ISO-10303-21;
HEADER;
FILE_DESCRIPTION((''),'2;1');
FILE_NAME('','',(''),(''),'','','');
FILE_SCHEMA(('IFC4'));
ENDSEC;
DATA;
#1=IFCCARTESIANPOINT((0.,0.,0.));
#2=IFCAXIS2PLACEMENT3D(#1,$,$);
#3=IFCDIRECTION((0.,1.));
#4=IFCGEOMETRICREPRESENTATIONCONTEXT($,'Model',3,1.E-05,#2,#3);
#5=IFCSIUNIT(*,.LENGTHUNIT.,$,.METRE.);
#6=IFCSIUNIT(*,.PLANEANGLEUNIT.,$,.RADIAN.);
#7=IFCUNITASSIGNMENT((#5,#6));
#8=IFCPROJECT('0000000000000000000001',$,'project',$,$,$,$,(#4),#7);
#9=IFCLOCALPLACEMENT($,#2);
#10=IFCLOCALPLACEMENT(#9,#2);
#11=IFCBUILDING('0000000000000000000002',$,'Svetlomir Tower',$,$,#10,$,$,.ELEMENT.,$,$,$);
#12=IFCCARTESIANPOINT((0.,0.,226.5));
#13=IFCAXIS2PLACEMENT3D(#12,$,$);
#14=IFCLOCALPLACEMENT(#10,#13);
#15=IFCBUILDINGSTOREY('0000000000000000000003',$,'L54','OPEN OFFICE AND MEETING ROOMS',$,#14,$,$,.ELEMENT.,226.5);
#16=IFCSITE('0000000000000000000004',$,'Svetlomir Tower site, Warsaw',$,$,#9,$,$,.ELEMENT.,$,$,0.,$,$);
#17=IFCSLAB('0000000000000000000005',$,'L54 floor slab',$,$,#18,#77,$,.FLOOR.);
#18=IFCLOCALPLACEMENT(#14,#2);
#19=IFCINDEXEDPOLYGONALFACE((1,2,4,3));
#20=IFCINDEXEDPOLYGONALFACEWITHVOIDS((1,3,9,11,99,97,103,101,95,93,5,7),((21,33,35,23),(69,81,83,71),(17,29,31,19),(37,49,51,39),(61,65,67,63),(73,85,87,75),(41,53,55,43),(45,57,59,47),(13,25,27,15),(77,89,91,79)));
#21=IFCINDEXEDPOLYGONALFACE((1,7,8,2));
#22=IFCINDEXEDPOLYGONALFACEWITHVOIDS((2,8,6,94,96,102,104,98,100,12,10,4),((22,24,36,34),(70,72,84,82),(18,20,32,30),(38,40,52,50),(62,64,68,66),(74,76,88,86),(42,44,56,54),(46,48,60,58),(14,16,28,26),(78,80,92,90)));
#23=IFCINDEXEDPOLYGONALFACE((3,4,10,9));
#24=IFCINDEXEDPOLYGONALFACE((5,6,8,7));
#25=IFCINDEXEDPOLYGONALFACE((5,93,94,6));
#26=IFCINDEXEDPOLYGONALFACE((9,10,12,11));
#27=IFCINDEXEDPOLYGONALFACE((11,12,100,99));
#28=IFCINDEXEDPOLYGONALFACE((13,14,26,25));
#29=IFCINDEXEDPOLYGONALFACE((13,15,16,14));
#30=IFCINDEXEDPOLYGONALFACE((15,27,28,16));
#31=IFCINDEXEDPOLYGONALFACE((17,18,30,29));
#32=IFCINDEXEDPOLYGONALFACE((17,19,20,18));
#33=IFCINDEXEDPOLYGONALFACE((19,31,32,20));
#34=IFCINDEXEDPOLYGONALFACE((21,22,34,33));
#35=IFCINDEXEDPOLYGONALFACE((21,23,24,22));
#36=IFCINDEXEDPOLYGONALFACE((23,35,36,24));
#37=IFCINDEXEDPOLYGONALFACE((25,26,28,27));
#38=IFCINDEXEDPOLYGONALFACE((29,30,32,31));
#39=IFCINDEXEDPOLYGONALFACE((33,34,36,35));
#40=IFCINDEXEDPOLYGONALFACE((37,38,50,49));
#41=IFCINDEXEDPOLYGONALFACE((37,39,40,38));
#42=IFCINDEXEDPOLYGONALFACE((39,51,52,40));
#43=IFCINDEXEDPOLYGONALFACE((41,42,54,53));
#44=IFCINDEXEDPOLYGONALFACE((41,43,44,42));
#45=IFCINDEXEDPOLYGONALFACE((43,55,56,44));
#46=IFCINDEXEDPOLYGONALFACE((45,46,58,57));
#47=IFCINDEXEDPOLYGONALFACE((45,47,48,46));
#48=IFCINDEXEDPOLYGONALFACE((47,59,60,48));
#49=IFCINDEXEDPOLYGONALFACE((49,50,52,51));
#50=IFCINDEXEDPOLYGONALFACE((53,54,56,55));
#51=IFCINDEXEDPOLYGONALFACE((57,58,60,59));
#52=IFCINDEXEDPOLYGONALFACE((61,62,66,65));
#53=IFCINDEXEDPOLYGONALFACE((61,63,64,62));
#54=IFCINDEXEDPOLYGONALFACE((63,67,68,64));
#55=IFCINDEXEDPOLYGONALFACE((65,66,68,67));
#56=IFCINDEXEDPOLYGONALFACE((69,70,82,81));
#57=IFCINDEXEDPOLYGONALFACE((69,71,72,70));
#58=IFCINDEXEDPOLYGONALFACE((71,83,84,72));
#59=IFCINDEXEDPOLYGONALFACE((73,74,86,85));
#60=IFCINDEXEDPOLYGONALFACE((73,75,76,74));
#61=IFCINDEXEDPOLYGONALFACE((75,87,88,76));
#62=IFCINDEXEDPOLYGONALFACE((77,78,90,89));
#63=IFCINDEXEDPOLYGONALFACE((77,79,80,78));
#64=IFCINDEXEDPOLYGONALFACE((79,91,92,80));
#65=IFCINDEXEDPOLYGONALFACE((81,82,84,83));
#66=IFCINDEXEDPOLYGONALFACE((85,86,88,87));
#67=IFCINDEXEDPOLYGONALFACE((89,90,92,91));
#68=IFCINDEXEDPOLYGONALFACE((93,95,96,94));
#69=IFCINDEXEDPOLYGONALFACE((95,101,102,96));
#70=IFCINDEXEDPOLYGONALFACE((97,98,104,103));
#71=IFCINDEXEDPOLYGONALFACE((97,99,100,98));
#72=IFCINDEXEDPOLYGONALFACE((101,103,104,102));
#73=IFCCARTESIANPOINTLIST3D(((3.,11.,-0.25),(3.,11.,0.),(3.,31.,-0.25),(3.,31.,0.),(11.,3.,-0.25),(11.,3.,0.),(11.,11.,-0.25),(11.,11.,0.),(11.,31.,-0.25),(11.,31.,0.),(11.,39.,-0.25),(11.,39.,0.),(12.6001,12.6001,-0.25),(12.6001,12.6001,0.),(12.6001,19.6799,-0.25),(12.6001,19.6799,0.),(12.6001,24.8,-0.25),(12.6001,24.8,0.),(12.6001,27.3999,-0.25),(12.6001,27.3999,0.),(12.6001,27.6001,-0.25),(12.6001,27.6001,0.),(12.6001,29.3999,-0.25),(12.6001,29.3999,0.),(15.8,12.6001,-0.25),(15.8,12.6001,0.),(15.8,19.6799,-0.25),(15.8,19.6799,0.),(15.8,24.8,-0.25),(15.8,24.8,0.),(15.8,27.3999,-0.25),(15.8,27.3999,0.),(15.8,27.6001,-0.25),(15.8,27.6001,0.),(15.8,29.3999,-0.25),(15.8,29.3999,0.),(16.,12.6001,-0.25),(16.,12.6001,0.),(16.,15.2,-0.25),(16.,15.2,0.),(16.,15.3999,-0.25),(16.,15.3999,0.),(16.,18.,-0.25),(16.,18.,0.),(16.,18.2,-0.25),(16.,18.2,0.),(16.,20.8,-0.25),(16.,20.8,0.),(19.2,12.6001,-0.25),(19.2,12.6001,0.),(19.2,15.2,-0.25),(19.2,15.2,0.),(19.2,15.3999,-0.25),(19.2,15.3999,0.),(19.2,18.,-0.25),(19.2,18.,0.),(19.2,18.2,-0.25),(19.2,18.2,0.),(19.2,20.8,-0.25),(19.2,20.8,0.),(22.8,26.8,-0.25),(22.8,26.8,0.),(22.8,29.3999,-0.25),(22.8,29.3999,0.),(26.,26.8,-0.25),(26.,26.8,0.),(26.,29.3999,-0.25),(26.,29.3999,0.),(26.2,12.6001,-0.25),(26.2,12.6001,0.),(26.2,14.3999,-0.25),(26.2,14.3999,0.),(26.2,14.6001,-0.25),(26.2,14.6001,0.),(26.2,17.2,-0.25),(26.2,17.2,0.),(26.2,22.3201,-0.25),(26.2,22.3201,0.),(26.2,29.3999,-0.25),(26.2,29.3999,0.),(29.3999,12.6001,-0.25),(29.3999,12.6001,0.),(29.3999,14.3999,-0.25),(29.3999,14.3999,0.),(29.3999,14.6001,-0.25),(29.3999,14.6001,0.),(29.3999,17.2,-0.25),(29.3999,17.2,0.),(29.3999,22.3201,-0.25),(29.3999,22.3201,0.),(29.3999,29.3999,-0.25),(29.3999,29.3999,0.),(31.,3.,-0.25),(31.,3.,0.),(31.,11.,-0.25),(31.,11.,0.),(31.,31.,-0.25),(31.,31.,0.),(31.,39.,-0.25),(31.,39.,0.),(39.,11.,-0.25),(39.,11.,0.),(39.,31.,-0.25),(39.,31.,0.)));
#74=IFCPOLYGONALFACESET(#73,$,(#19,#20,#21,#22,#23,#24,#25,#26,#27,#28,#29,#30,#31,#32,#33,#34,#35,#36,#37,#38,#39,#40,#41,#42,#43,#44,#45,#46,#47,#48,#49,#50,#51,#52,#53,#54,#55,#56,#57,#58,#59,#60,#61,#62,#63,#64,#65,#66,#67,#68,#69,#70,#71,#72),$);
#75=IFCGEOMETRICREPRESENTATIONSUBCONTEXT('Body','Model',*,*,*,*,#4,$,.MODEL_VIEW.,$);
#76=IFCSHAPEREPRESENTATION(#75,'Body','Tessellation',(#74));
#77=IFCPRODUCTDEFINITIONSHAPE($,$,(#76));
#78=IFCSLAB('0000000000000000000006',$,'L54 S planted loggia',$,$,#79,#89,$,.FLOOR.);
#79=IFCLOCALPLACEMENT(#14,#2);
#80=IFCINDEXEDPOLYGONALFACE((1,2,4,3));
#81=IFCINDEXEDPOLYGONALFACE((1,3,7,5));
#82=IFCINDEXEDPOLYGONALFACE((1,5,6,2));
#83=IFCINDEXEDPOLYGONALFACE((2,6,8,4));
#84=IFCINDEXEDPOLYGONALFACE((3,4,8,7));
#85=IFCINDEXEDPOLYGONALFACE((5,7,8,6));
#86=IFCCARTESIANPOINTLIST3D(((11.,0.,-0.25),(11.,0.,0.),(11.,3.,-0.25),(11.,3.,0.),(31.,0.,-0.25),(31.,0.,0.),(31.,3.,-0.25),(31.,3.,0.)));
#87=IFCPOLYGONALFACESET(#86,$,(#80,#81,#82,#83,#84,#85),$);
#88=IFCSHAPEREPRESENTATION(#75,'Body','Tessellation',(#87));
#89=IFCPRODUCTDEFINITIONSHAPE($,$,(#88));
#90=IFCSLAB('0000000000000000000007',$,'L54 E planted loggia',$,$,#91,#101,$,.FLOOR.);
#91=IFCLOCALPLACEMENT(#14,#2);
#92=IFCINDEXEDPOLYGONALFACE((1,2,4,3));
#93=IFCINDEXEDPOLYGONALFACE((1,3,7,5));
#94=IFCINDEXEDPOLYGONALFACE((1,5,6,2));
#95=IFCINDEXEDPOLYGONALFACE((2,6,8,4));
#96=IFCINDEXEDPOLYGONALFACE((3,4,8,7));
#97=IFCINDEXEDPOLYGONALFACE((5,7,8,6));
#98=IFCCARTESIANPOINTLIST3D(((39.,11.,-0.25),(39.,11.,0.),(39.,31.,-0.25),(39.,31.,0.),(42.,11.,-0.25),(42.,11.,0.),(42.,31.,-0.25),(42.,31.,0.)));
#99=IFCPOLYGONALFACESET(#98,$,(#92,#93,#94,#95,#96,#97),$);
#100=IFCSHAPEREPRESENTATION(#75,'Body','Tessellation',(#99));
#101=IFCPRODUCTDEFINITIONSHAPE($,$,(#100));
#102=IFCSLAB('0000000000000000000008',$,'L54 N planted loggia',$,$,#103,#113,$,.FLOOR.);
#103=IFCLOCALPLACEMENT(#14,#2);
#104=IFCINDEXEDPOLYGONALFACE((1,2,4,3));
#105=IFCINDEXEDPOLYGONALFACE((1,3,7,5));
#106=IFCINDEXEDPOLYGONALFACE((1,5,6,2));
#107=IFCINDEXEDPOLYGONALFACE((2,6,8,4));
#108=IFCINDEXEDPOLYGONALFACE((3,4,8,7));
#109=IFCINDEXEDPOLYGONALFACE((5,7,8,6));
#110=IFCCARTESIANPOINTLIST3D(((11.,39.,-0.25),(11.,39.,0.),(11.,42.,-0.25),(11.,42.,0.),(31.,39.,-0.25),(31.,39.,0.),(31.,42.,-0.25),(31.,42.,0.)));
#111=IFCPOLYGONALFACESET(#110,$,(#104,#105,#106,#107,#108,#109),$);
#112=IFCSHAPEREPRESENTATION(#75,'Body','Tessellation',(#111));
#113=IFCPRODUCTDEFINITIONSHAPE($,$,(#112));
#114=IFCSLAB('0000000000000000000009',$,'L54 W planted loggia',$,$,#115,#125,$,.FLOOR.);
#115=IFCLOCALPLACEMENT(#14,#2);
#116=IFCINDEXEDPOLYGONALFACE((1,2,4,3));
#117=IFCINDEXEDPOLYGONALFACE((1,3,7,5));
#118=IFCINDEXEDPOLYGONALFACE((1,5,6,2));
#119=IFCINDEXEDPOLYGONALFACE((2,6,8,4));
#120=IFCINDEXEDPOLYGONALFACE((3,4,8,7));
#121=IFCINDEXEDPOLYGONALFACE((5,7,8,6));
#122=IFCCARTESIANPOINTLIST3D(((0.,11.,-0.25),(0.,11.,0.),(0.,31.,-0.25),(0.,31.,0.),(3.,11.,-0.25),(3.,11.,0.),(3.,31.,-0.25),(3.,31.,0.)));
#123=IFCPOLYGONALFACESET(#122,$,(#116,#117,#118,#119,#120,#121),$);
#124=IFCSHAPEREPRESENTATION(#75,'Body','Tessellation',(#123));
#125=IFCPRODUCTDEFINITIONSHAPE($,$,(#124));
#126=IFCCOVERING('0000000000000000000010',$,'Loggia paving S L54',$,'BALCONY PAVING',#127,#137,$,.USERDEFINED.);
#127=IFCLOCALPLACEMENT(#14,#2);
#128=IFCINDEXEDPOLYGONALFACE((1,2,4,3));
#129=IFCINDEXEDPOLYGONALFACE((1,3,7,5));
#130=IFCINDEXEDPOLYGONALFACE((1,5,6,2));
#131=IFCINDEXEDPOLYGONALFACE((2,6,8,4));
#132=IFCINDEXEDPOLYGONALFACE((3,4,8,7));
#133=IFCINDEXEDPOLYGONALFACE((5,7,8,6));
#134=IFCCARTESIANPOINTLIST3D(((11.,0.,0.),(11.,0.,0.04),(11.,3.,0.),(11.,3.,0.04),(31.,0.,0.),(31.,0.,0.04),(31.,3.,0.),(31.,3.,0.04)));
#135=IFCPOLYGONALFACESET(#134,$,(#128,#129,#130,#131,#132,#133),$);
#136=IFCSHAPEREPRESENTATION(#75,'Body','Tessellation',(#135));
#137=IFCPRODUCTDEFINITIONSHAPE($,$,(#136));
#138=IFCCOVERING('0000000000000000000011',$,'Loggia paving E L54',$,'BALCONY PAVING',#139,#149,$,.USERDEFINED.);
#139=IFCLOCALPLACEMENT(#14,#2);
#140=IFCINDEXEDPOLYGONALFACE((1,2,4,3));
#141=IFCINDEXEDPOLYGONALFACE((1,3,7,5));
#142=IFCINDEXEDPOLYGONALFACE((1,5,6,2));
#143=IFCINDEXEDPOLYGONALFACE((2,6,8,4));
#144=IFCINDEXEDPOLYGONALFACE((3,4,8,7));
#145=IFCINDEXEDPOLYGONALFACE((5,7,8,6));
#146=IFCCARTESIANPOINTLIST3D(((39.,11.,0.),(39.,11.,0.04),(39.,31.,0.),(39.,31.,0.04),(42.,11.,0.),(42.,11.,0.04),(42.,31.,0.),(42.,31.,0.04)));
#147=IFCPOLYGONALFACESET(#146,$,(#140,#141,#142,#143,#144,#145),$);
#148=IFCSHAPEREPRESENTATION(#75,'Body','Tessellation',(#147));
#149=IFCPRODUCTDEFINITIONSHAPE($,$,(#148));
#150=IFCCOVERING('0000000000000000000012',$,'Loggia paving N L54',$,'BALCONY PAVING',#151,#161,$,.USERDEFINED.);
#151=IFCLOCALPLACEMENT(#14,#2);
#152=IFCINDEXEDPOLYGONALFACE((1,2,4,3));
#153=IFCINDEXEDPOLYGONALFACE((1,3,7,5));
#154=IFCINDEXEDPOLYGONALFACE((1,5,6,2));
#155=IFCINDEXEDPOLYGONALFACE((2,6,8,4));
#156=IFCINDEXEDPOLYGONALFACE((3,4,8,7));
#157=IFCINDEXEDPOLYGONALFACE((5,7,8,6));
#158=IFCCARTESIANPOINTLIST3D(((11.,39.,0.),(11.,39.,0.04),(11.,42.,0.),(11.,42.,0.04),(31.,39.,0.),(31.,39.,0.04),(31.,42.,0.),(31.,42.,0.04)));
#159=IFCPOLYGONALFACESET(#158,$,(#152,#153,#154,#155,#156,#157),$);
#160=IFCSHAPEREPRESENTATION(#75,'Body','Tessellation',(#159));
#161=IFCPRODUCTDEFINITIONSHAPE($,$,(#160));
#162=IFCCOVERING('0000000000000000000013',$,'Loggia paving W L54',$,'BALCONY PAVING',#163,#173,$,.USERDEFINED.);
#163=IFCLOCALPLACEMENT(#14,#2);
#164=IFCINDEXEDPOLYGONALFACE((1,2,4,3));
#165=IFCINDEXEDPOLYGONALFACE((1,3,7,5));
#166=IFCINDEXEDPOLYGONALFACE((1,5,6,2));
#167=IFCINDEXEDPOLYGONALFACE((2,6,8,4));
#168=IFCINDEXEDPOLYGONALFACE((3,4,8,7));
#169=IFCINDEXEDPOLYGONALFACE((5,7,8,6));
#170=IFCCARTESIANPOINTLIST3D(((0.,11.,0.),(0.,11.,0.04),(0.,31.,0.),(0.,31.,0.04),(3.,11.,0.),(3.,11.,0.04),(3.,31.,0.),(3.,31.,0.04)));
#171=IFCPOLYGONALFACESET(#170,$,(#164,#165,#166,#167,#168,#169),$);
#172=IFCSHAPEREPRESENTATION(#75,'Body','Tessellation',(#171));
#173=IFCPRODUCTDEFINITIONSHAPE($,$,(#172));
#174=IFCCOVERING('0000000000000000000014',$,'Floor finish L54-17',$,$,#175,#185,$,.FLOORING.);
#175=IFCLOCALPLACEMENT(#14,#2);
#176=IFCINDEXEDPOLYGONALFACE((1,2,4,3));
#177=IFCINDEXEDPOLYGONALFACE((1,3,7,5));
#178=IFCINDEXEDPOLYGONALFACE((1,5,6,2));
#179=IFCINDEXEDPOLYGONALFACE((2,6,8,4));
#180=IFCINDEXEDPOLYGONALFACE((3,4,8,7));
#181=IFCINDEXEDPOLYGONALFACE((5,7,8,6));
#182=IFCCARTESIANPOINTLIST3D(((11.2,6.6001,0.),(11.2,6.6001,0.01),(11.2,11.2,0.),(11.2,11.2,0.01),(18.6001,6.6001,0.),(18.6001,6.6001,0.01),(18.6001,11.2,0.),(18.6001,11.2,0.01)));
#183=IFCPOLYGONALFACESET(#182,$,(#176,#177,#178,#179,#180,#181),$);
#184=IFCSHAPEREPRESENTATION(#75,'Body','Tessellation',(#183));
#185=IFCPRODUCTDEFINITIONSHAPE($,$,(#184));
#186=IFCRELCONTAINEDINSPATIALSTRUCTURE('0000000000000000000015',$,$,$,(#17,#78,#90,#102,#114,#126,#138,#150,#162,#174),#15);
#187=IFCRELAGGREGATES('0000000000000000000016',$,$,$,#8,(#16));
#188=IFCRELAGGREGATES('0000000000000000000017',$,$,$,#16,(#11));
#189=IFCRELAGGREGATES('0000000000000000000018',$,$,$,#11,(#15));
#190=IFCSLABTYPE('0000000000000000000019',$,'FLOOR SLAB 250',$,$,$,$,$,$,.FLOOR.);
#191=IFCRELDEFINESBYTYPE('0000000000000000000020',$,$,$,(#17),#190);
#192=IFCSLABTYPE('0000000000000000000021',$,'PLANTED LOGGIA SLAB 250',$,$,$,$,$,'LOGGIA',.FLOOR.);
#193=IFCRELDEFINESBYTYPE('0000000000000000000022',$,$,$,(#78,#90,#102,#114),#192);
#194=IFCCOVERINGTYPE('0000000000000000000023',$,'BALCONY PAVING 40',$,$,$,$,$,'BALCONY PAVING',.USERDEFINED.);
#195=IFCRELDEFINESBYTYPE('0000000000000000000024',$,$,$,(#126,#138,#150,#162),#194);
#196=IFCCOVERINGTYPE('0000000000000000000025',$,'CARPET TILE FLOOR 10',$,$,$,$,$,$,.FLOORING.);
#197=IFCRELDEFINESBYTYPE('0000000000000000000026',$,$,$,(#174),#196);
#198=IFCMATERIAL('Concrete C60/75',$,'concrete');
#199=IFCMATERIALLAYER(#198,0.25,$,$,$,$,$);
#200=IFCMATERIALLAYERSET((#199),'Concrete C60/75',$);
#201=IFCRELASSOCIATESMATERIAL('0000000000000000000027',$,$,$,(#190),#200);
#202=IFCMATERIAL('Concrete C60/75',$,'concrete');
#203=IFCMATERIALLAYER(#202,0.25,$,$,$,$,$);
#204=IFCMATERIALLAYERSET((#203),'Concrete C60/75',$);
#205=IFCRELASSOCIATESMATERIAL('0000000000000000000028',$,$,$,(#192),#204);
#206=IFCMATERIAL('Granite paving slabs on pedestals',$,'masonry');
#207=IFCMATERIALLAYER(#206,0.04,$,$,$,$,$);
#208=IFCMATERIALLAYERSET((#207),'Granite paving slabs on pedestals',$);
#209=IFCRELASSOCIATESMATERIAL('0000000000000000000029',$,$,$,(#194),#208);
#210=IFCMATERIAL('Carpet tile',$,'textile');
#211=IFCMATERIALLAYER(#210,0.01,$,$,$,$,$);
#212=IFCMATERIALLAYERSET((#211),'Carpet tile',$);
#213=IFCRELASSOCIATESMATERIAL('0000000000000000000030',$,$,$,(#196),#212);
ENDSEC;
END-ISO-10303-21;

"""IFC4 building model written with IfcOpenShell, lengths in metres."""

from ifc_helpers import new_model, si_unit, direction, frame, origin, place, context, subcontext, project, spatial, polyline, outline, extrude, material, layer, layer_set, type_object, element, save


model = new_model("IFC4")

# Units and contexts
model_context = context("Model", 3, precision=1e-05, world=origin(), true_north=direction((0.0, 1.0)))
body_context = subcontext(model_context, "Body", "Model", "MODEL_VIEW")
ifc_project = project(units=[si_unit("LENGTHUNIT", "METRE"), si_unit("PLANEANGLEUNIT", "RADIAN")], contexts=[model_context])

# Site, building, storey
site_placement = place(None, origin())
site = spatial("IfcSite", under=ifc_project, at=site_placement, Name="Svetlomir Tower site, Warsaw", CompositionType="ELEMENT", RefElevation=0.0)
building_placement = place(site_placement, origin())
building = spatial("IfcBuilding", under=site, at=building_placement, Name="Svetlomir Tower", CompositionType="ELEMENT")
storey_placement = place(building_placement, frame((0.0, 0.0, 226.5)))
storey = spatial("IfcBuildingStorey", under=building, at=storey_placement, Name="L54", Description="OPEN OFFICE AND MEETING ROOMS", CompositionType="ELEMENT", Elevation=226.5)

# Slabs
ifc_material_1 = material(Name="Concrete C60/75", Category="concrete")
ifc_layer_1 = layer(ifc_material_1, 0.25)
ifc_layer_set_1 = layer_set([ifc_layer_1], Name="Concrete C60/75")
slab_type_1 = type_object("IfcSlabType", Name="FLOOR SLAB 250", PredefinedType="FLOOR", material=ifc_layer_set_1)
slab_1_placement = place(storey_placement, frame((0.0, 0.0, -0.25)))
element("IfcSlab", 1, at=slab_1_placement, inside=storey, type_object=slab_type_1, Name="L54 floor slab", PredefinedType="FLOOR", context=body_context, shape_type="SweptSolid", body=[
    extrude(outline(polyline([(11.0, 3.0), (31.0, 3.0), (31.0, 11.0), (39.0, 11.0), (39.0, 31.0), (31.0, 31.0), (31.0, 39.0), (11.0, 39.0), (11.0, 31.0), (3.0, 31.0), (3.0, 11.0), (11.0, 11.0), (11.0, 3.0)]), holes=[polyline([(12.6001, 24.8), (15.8, 24.8), (15.8, 27.3999), (12.6001, 27.3999), (12.6001, 24.8)]), polyline([(26.2, 14.6001), (29.3999, 14.6001), (29.3999, 17.2), (26.2, 17.2), (26.2, 14.6001)]), polyline([(16.0, 12.6001), (19.2, 12.6001), (19.2, 15.2), (16.0, 15.2), (16.0, 12.6001)]), polyline([(16.0, 15.3999), (19.2, 15.3999), (19.2, 18.0), (16.0, 18.0), (16.0, 15.3999)]), polyline([(16.0, 18.2), (19.2, 18.2), (19.2, 20.8), (16.0, 20.8), (16.0, 18.2)]), polyline([(22.8, 26.8), (26.0, 26.8), (26.0, 29.3999), (22.8, 29.3999), (22.8, 26.8)]), polyline([(12.6001, 27.6001), (15.8, 27.6001), (15.8, 29.3999), (12.6001, 29.3999), (12.6001, 27.6001)]), polyline([(26.2, 12.6001), (29.3999, 12.6001), (29.3999, 14.3999), (26.2, 14.3999), (26.2, 12.6001)]), polyline([(12.6001, 12.6001), (15.8, 12.6001), (15.8, 19.6799), (12.6001, 19.6799), (12.6001, 12.6001)]), polyline([(26.2, 22.3201), (29.3999, 22.3201), (29.3999, 29.3999), (26.2, 29.3999), (26.2, 22.3201)])]), origin(), (0.0, 0.0, 1.0), 0.25),
])
ifc_material_2 = material(Name="Concrete C60/75", Category="concrete")
ifc_layer_2 = layer(ifc_material_2, 0.25)
ifc_layer_set_2 = layer_set([ifc_layer_2], Name="Concrete C60/75")
slab_type_2 = type_object("IfcSlabType", Name="PLANTED LOGGIA SLAB 250", ElementType="LOGGIA", PredefinedType="FLOOR", material=ifc_layer_set_2)
slab_2_placement = place(storey_placement, frame((0.0, 0.0, -0.25)))
element("IfcSlab", 2, at=slab_2_placement, inside=storey, type_object=slab_type_2, Name="L54 S planted loggia", PredefinedType="FLOOR", context=body_context, shape_type="SweptSolid", body=[
    extrude(outline(polyline([(11.0, 0.0), (31.0, 0.0), (31.0, 3.0), (11.0, 3.0), (11.0, 0.0)])), origin(), (0.0, 0.0, 1.0), 0.25),
])
slab_3_placement = place(storey_placement, frame((0.0, 0.0, -0.25)))
element("IfcSlab", 3, at=slab_3_placement, inside=storey, type_object=slab_type_2, Name="L54 E planted loggia", PredefinedType="FLOOR", context=body_context, shape_type="SweptSolid", body=[
    extrude(outline(polyline([(39.0, 11.0), (42.0, 11.0), (42.0, 31.0), (39.0, 31.0), (39.0, 11.0)])), origin(), (0.0, 0.0, 1.0), 0.25),
])
slab_4_placement = place(storey_placement, frame((0.0, 0.0, -0.25)))
element("IfcSlab", 4, at=slab_4_placement, inside=storey, type_object=slab_type_2, Name="L54 N planted loggia", PredefinedType="FLOOR", context=body_context, shape_type="SweptSolid", body=[
    extrude(outline(polyline([(11.0, 39.0), (31.0, 39.0), (31.0, 42.0), (11.0, 42.0), (11.0, 39.0)])), origin(), (0.0, 0.0, 1.0), 0.25),
])
slab_5_placement = place(storey_placement, frame((0.0, 0.0, -0.25)))
element("IfcSlab", 5, at=slab_5_placement, inside=storey, type_object=slab_type_2, Name="L54 W planted loggia", PredefinedType="FLOOR", context=body_context, shape_type="SweptSolid", body=[
    extrude(outline(polyline([(0.0, 11.0), (3.0, 11.0), (3.0, 31.0), (0.0, 31.0), (0.0, 11.0)])), origin(), (0.0, 0.0, 1.0), 0.25),
])

# Coverings
ifc_material_3 = material(Name="Granite paving slabs on pedestals", Category="masonry")
ifc_layer_3 = layer(ifc_material_3, 0.04)
ifc_layer_set_3 = layer_set([ifc_layer_3], Name="Granite paving slabs on pedestals")
covering_type_1 = type_object("IfcCoveringType", Name="BALCONY PAVING 40", ElementType="BALCONY PAVING", PredefinedType="USERDEFINED", material=ifc_layer_set_3)
covering_1_placement = place(storey_placement, origin())
element("IfcCovering", 6, at=covering_1_placement, inside=storey, type_object=covering_type_1, Name="Loggia paving S L54", ObjectType="BALCONY PAVING", PredefinedType="USERDEFINED", context=body_context, shape_type="SweptSolid", body=[
    extrude(outline(polyline([(11.0, 0.0), (31.0, 0.0), (31.0, 3.0), (11.0, 3.0), (11.0, 0.0)])), origin(), (0.0, 0.0, 1.0), 0.04),
])
covering_2_placement = place(storey_placement, origin())
element("IfcCovering", 7, at=covering_2_placement, inside=storey, type_object=covering_type_1, Name="Loggia paving E L54", ObjectType="BALCONY PAVING", PredefinedType="USERDEFINED", context=body_context, shape_type="SweptSolid", body=[
    extrude(outline(polyline([(39.0, 11.0), (42.0, 11.0), (42.0, 31.0), (39.0, 31.0), (39.0, 11.0)])), origin(), (0.0, 0.0, 1.0), 0.04),
])
covering_3_placement = place(storey_placement, origin())
element("IfcCovering", 8, at=covering_3_placement, inside=storey, type_object=covering_type_1, Name="Loggia paving N L54", ObjectType="BALCONY PAVING", PredefinedType="USERDEFINED", context=body_context, shape_type="SweptSolid", body=[
    extrude(outline(polyline([(11.0, 39.0), (31.0, 39.0), (31.0, 42.0), (11.0, 42.0), (11.0, 39.0)])), origin(), (0.0, 0.0, 1.0), 0.04),
])
covering_4_placement = place(storey_placement, origin())
element("IfcCovering", 9, at=covering_4_placement, inside=storey, type_object=covering_type_1, Name="Loggia paving W L54", ObjectType="BALCONY PAVING", PredefinedType="USERDEFINED", context=body_context, shape_type="SweptSolid", body=[
    extrude(outline(polyline([(0.0, 11.0), (3.0, 11.0), (3.0, 31.0), (0.0, 31.0), (0.0, 11.0)])), origin(), (0.0, 0.0, 1.0), 0.04),
])
ifc_material_4 = material(Name="Carpet tile", Category="textile")
ifc_layer_4 = layer(ifc_material_4, 0.01)
ifc_layer_set_4 = layer_set([ifc_layer_4], Name="Carpet tile")
covering_type_2 = type_object("IfcCoveringType", Name="CARPET TILE FLOOR 10", PredefinedType="FLOORING", material=ifc_layer_set_4)
covering_5_placement = place(storey_placement, origin())
element("IfcCovering", 10, at=covering_5_placement, inside=storey, type_object=covering_type_2, Name="Floor finish L54-17", PredefinedType="FLOORING", context=body_context, shape_type="SweptSolid", body=[
    extrude(outline(polyline([(11.2, 6.6001), (18.6001, 6.6001), (18.6001, 11.2), (11.2, 11.2), (11.2, 6.6001)])), origin(), (0.0, 0.0, 1.0), 0.01),
])

save(model, "model.ifc")
